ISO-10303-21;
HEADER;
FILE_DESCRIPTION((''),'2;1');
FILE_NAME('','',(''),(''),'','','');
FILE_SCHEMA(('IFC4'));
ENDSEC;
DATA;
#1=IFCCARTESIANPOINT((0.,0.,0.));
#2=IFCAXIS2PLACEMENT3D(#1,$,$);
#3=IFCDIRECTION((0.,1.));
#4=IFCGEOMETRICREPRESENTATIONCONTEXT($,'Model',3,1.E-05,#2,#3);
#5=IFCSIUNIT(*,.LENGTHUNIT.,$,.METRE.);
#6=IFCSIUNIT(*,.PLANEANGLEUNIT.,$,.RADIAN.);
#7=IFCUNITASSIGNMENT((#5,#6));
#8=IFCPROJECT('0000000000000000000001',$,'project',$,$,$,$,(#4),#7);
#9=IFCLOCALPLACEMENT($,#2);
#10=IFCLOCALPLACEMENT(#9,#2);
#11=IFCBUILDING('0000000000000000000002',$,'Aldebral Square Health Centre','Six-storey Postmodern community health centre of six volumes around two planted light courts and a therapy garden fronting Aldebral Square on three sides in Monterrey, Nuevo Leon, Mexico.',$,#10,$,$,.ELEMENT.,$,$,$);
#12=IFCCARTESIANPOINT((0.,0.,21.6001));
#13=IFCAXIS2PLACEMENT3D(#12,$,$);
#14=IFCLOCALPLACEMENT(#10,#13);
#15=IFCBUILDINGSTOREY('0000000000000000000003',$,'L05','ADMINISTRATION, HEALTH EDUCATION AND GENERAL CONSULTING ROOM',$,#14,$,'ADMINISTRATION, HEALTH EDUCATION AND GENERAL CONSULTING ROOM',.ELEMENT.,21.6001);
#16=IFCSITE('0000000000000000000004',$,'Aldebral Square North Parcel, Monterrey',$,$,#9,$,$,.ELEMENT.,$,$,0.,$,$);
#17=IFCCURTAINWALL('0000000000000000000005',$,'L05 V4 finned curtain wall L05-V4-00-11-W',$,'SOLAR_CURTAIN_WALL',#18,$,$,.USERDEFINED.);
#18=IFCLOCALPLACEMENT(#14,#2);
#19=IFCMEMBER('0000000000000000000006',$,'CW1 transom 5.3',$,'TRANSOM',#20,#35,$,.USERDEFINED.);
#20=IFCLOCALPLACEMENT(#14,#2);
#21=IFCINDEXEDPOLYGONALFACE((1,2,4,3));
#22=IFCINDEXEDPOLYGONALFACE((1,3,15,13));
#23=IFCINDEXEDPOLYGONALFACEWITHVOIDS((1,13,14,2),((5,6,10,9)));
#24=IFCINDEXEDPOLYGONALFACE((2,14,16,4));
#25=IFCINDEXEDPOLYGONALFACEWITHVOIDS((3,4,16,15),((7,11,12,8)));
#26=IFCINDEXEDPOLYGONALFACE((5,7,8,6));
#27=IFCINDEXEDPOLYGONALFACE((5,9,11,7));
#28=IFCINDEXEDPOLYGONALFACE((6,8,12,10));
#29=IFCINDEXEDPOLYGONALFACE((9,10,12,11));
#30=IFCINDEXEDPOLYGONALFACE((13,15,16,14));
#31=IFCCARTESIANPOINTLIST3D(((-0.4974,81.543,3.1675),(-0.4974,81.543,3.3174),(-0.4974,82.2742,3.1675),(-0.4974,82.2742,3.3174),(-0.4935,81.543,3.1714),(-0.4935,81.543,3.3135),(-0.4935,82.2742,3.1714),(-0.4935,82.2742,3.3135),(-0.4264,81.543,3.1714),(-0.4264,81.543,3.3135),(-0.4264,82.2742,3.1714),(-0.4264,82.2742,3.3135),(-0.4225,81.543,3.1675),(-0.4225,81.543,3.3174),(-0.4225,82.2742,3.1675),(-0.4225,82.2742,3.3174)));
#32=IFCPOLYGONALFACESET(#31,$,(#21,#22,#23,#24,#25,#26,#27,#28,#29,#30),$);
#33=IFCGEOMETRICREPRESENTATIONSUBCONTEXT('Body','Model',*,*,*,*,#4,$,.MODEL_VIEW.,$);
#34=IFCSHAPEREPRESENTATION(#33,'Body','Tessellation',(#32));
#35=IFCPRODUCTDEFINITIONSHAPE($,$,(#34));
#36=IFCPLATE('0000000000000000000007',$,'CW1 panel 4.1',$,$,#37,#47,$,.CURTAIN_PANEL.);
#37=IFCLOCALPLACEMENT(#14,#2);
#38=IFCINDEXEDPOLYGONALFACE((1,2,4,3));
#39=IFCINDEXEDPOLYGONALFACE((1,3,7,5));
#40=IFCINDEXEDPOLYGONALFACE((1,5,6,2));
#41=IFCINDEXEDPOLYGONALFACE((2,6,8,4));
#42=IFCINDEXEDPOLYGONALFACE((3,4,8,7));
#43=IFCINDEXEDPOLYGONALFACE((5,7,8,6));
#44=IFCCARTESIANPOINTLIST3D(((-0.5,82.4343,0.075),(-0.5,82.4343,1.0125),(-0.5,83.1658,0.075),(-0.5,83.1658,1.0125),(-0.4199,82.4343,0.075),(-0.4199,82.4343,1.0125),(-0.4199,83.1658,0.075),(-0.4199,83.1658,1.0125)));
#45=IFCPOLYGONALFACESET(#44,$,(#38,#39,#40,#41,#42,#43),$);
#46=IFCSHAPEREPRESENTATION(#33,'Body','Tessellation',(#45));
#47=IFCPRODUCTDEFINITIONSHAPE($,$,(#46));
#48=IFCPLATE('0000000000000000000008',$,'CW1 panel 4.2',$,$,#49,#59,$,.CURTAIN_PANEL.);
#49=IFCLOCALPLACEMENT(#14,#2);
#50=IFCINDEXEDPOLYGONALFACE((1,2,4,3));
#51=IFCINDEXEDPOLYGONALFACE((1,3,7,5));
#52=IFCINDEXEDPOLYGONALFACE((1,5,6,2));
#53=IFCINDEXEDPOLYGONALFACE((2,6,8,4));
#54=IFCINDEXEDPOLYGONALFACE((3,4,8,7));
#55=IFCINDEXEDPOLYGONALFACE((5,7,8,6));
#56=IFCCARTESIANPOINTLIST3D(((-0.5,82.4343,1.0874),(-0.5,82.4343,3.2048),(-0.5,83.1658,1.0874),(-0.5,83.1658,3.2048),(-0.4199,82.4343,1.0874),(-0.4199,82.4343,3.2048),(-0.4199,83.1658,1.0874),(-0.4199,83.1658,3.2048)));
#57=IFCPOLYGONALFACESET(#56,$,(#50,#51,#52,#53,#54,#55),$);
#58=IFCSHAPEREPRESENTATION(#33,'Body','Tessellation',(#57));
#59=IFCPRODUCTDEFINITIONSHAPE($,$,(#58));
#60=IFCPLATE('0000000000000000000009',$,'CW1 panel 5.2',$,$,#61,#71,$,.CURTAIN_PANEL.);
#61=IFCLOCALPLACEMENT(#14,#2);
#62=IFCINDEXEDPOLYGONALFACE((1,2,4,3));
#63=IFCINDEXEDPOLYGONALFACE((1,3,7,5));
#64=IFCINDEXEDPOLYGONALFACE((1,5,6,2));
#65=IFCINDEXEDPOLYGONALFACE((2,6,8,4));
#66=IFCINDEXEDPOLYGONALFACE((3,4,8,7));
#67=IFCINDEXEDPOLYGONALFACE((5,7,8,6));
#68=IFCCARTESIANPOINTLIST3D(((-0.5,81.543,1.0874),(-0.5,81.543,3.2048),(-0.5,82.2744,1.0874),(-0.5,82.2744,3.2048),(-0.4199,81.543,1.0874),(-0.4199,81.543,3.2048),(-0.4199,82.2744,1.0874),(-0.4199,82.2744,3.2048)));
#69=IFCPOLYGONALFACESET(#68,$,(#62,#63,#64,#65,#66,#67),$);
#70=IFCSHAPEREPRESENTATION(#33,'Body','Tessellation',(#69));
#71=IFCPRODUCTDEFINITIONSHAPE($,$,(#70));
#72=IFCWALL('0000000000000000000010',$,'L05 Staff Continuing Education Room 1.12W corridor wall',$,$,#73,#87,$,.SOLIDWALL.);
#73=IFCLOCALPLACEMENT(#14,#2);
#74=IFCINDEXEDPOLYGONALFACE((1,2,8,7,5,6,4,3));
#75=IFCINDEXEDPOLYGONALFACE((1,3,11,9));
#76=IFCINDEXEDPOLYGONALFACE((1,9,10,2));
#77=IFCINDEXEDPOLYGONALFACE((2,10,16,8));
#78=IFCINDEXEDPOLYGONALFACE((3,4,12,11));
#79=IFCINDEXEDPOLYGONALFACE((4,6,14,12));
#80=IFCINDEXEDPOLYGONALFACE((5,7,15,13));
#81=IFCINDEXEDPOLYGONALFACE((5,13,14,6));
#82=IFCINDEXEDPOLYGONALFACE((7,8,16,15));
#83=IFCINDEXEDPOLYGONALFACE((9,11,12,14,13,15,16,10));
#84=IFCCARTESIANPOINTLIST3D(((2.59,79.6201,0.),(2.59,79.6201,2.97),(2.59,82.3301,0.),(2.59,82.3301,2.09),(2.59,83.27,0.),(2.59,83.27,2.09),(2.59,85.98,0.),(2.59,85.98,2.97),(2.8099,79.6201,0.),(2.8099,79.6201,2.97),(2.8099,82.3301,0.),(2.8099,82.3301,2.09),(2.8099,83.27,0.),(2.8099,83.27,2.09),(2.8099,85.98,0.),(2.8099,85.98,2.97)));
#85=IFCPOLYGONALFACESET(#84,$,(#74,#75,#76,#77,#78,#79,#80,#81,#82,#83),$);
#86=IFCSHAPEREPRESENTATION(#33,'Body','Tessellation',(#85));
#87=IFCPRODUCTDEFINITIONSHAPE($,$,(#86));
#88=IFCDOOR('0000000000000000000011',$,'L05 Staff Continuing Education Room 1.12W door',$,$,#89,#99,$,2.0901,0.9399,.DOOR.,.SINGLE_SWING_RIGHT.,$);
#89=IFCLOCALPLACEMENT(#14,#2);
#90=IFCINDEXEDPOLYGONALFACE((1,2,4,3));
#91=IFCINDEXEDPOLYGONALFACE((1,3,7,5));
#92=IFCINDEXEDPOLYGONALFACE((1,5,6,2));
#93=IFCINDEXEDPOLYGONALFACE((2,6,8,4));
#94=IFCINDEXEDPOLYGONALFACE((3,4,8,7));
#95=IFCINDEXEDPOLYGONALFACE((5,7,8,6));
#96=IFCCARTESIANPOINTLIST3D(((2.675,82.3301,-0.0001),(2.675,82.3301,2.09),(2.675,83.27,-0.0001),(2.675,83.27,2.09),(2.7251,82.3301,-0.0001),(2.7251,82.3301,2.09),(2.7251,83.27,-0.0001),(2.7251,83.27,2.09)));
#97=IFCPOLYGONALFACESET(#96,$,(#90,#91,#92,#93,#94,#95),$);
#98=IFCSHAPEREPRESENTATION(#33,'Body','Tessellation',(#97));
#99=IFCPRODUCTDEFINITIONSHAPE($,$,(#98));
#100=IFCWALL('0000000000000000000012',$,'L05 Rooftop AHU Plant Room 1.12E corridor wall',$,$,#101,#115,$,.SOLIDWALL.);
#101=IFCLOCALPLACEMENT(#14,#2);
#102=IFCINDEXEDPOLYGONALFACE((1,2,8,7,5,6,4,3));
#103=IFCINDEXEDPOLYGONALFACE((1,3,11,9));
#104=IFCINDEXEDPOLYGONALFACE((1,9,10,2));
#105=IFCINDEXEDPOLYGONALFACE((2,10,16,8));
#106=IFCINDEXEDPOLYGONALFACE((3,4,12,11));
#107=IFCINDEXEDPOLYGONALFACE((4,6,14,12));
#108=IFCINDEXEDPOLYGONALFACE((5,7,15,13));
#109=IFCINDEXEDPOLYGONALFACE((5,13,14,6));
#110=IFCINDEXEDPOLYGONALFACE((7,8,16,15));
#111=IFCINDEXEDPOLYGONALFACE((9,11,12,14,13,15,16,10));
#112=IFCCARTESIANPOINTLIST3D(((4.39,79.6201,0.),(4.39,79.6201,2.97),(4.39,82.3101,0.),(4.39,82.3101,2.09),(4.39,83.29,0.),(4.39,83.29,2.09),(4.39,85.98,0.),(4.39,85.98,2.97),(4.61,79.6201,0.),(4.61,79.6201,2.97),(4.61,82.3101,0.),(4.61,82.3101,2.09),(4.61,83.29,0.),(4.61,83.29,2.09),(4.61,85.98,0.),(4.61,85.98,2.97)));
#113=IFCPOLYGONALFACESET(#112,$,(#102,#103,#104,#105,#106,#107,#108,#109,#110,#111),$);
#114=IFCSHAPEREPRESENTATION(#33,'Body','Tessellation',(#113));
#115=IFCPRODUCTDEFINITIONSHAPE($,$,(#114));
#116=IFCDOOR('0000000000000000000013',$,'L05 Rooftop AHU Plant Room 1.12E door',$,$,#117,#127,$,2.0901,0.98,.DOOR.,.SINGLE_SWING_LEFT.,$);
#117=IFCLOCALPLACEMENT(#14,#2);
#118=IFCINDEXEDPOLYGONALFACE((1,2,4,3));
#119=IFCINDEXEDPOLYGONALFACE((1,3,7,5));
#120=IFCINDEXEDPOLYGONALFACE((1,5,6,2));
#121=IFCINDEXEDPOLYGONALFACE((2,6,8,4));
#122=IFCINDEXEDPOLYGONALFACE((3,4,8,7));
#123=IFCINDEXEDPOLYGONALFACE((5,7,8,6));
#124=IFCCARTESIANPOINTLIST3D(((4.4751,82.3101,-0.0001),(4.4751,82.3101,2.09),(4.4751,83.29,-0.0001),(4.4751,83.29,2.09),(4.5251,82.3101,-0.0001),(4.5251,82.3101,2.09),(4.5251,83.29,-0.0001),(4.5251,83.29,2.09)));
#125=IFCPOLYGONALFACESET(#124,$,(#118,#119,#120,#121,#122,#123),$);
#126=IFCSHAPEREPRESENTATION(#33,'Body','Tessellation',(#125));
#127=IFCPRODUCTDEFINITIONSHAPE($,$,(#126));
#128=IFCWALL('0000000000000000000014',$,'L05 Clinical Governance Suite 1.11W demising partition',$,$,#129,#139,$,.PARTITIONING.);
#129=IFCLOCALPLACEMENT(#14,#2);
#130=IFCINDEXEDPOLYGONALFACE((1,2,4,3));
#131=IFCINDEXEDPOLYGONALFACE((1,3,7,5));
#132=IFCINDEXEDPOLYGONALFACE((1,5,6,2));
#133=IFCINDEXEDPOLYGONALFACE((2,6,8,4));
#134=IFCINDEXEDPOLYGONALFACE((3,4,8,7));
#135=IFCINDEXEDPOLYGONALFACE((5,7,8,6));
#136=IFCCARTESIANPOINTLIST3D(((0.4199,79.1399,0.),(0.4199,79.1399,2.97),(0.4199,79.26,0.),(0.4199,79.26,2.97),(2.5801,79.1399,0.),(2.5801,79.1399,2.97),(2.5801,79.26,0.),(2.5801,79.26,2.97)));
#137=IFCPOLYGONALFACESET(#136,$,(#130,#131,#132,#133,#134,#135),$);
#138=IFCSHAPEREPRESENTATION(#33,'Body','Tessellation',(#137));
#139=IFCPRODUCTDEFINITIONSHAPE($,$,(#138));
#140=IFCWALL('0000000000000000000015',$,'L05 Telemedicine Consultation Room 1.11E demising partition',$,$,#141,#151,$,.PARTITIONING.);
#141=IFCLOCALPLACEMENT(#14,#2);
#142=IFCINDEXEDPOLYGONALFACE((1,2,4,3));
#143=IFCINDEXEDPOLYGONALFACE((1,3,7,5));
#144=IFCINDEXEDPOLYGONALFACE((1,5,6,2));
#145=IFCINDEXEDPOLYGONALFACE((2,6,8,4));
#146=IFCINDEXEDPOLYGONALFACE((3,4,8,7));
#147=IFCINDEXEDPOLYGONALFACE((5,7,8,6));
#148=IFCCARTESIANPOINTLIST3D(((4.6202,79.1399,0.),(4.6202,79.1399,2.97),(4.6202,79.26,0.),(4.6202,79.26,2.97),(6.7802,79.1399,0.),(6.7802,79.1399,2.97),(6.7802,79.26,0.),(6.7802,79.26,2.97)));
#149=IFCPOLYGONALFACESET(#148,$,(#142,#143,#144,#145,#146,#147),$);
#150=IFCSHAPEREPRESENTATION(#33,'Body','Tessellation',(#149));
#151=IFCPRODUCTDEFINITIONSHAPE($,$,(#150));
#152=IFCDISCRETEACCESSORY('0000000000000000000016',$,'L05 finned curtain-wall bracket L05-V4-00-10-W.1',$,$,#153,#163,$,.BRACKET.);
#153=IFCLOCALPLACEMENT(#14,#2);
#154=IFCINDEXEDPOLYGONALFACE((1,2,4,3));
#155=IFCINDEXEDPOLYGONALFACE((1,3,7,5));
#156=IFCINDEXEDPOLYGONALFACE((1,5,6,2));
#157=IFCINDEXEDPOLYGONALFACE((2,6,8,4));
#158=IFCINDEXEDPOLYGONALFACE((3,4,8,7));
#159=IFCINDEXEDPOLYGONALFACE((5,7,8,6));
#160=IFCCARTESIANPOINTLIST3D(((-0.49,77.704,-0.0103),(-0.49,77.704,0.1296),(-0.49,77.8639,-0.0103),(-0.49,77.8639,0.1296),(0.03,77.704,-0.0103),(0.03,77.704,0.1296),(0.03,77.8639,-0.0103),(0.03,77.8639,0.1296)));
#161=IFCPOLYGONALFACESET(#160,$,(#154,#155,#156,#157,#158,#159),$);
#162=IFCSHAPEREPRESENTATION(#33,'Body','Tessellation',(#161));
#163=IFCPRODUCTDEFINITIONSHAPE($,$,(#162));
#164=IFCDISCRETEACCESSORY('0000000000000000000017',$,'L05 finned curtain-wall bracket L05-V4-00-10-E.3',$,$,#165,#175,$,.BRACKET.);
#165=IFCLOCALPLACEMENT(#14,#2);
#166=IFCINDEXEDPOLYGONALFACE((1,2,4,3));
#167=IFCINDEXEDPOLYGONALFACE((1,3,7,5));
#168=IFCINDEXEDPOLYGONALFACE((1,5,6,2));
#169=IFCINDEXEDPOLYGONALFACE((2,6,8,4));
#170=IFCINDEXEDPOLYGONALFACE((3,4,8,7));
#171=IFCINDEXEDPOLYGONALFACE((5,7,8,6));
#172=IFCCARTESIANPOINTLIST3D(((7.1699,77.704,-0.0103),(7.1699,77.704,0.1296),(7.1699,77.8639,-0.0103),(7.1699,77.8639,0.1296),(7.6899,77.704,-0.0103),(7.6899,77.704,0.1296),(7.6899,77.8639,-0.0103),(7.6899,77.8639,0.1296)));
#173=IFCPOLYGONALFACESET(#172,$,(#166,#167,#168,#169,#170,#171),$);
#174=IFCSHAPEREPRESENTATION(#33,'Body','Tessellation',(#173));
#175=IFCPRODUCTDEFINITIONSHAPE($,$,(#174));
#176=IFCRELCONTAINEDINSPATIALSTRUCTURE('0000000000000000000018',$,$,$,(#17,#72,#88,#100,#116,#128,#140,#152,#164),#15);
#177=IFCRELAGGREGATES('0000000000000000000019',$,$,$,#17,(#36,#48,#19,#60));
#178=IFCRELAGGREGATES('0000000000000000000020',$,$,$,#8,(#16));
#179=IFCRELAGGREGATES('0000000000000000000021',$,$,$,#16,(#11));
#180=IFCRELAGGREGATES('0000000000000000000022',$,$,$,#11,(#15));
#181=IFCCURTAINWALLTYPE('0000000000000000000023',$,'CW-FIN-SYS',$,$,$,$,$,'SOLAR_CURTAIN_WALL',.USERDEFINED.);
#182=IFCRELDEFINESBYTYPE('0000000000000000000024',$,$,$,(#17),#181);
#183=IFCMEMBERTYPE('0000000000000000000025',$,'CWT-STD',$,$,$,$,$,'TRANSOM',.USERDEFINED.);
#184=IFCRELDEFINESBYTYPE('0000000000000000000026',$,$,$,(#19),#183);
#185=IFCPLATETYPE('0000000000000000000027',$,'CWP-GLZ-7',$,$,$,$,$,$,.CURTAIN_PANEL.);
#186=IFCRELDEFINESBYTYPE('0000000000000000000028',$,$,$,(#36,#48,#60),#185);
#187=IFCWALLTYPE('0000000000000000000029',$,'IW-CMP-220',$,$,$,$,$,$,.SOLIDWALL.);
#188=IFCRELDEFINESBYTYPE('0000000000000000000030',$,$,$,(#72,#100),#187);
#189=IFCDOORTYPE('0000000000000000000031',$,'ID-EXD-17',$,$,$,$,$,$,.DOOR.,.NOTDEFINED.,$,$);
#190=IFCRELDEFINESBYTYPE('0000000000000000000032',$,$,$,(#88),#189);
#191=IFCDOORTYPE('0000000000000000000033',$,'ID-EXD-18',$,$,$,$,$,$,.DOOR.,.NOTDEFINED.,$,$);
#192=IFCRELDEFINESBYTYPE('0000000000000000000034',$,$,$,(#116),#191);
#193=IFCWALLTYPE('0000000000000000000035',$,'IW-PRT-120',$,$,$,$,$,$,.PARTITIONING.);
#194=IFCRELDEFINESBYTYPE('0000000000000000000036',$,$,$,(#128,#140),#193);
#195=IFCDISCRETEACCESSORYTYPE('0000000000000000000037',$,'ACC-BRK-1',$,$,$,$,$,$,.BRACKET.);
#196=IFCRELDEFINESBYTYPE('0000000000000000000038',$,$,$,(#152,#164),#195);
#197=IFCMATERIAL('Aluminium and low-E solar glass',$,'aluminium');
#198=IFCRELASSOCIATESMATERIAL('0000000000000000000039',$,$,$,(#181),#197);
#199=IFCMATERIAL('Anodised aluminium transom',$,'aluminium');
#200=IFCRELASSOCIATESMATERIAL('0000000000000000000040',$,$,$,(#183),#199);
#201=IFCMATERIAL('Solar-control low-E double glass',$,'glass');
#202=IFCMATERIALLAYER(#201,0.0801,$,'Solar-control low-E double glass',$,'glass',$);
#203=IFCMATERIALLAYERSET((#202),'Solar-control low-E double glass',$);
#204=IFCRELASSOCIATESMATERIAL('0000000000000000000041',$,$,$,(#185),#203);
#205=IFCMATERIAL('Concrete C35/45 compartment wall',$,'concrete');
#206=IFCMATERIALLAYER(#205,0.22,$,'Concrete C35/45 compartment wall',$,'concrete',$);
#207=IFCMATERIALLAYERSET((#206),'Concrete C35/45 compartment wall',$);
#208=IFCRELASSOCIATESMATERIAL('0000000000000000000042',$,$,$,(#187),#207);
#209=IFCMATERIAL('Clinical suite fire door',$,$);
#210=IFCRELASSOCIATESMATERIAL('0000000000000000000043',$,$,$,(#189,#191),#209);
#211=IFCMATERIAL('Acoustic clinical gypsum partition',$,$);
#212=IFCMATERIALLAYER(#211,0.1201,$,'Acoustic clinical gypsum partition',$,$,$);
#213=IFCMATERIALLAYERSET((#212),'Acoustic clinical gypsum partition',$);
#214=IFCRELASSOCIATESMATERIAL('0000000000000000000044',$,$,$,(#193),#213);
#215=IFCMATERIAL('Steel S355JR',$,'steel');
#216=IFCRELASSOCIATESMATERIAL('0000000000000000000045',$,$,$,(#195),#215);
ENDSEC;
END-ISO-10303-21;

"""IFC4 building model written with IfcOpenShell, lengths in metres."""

from ifc_helpers import new_model, si_unit, direction, frame, frame_2d, origin, origin_2d, place, context, subcontext, project, spatial, rectangle, hollow_rectangle, extrude, material, layer, layer_set, material_profile, profile_set, type_object, element, fill, aggregate, save


model = new_model("IFC4")

# Units and contexts
model_context = context("Model", 3, precision=1e-05, world=origin(), true_north=direction((0.0, 1.0)))
body_context = subcontext(model_context, "Body", "Model", "MODEL_VIEW")
ifc_project = project(units=[si_unit("LENGTHUNIT", "METRE"), si_unit("PLANEANGLEUNIT", "RADIAN")], contexts=[model_context])

# Site, building, storey
site_placement = place(None, origin())
site = spatial("IfcSite", under=ifc_project, at=site_placement, Name="Aldebral Square North Parcel, Monterrey", CompositionType="ELEMENT", RefElevation=0.0)
building_placement = place(site_placement, origin())
building = spatial("IfcBuilding", under=site, at=building_placement, Name="Aldebral Square Health Centre", Description="Six-storey Postmodern community health centre of six volumes around two planted light courts and a therapy garden fronting Aldebral Square on three sides in Monterrey, Nuevo Leon, Mexico.", CompositionType="ELEMENT")
storey_placement = place(building_placement, frame((0.0, 0.0, 21.6001)))
storey = spatial("IfcBuildingStorey", under=building, at=storey_placement, Name="L05", Description="ADMINISTRATION, HEALTH EDUCATION AND GENERAL CONSULTING ROOM", LongName="ADMINISTRATION, HEALTH EDUCATION AND GENERAL CONSULTING ROOM", CompositionType="ELEMENT", Elevation=21.6001)

# Shared definitions
ifc_material_1 = material(Name="Aluminium and low-E solar glass", Category="aluminium")
curtain_wall_type = type_object("IfcCurtainWallType", Name="CW-FIN-SYS", ElementType="SOLAR_CURTAIN_WALL", PredefinedType="USERDEFINED", material=ifc_material_1)

# Curtain wall, member, plates
curtain_wall_1_placement = place(storey_placement, origin())
curtain_wall_1 = element("IfcCurtainWall", 1, at=curtain_wall_1_placement, inside=storey, type_object=curtain_wall_type, Name="L05 V4 finned curtain wall L05-V4-00-11-W", ObjectType="SOLAR_CURTAIN_WALL", PredefinedType="USERDEFINED")
ifc_material_2 = material(Name="Anodised aluminium transom", Category="aluminium")
ifc_material_profile_1 = material_profile(ifc_material_2, hollow_rectangle(XDim=0.075, YDim=0.1499, WallThickness=0.0039, at=origin_2d()), Name="CWT 75x150x4")
ifc_profile_set_1 = profile_set([ifc_material_profile_1], Name="Anodised aluminium transom")
member_type_1 = type_object("IfcMemberType", Name="CWT-STD", ElementType="TRANSOM", PredefinedType="USERDEFINED", material=ifc_profile_set_1)
member_1_placement = place(storey_placement, frame((-0.46, 82.2742, 3.2424), z_axis=(0.0, -1.0, 0.0), x_axis=(1.0, 0.0, 0.0)))
member_1 = element("IfcMember", 2, at=member_1_placement, type_object=member_type_1, Name="CW1 transom 5.3", ObjectType="TRANSOM", PredefinedType="USERDEFINED", context=body_context, shape_type="SweptSolid", body=[
    extrude(hollow_rectangle(XDim=0.075, YDim=0.1499, WallThickness=0.0039, at=origin_2d()), origin(), (0.0, 0.0, 1.0), 0.7312),
])
ifc_material_3 = material(Name="Solar-control low-E double glass", Category="glass")
ifc_layer_1 = layer(ifc_material_3, 0.0801, Name="Solar-control low-E double glass", Category="glass")
ifc_layer_set_1 = layer_set([ifc_layer_1], Name="Solar-control low-E double glass")
plate_type = type_object("IfcPlateType", Name="CWP-GLZ-7", PredefinedType="CURTAIN_PANEL", material=ifc_layer_set_1)
plate_1_placement = place(storey_placement, frame((-0.46, 82.8, 0.075), z_axis=(0.0, 0.0, 1.0), x_axis=(0.0, -1.0, 0.0)))
plate_1 = element("IfcPlate", 3, at=plate_1_placement, type_object=plate_type, Name="CW1 panel 4.1", PredefinedType="CURTAIN_PANEL", context=body_context, shape_type="SweptSolid", body=[
    extrude(rectangle(XDim=0.7314, YDim=0.0801, at=origin_2d()), origin(), (0.0, 0.0, 1.0), 0.9375),
])
plate_2_placement = place(storey_placement, frame((-0.46, 82.8, 1.0874), z_axis=(0.0, 0.0, 1.0), x_axis=(0.0, -1.0, 0.0)))
plate_2 = element("IfcPlate", 4, at=plate_2_placement, type_object=plate_type, Name="CW1 panel 4.2", PredefinedType="CURTAIN_PANEL", context=body_context, shape_type="SweptSolid", body=[
    extrude(rectangle(XDim=0.7314, YDim=0.0801, at=origin_2d()), origin(), (0.0, 0.0, 1.0), 2.1174),
])
plate_3_placement = place(storey_placement, frame((-0.46, 81.9087, 1.0874), z_axis=(0.0, 0.0, 1.0), x_axis=(0.0, -1.0, 0.0)))
plate_3 = element("IfcPlate", 5, at=plate_3_placement, type_object=plate_type, Name="CW1 panel 5.2", PredefinedType="CURTAIN_PANEL", context=body_context, shape_type="SweptSolid", body=[
    extrude(rectangle(XDim=0.7314, YDim=0.0801, at=origin_2d()), origin(), (0.0, 0.0, 1.0), 2.1174),
])
aggregate(curtain_wall_1, [plate_1, plate_2, member_1, plate_3])

# Walls, openings, doors
ifc_material_4 = material(Name="Concrete C35/45 compartment wall", Category="concrete")
ifc_layer_2 = layer(ifc_material_4, 0.22, Name="Concrete C35/45 compartment wall", Category="concrete")
ifc_layer_set_2 = layer_set([ifc_layer_2], Name="Concrete C35/45 compartment wall")
wall_type_1 = type_object("IfcWallType", Name="IW-CMP-220", PredefinedType="SOLIDWALL", material=ifc_layer_set_2)
wall_1_placement = place(storey_placement, frame((2.7, 79.6201, 0.0), z_axis=(0.0, 0.0, 1.0), x_axis=(0.0, 1.0, 0.0)))
wall_1 = element("IfcWall", 6, at=wall_1_placement, inside=storey, type_object=wall_type_1, Name="L05 Staff Continuing Education Room 1.12W corridor wall", PredefinedType="SOLIDWALL", context=body_context, shape_type="SweptSolid", body=[
    extrude(rectangle(XDim=6.3599, YDim=0.22, at=frame_2d((3.1799, 0.0))), origin(), (0.0, 0.0, 1.0), 2.97),
])
opening_1_placement = place(wall_1_placement, frame((2.71, 0.0, 0.0)))
opening_1 = element("IfcOpeningElement", 7, at=opening_1_placement, cuts=wall_1, PredefinedType="OPENING", context=body_context, shape_type="SweptSolid", body=[
    extrude(rectangle(XDim=0.9399, YDim=2.0901, at=frame_2d((0.47, 1.0449))), frame((0.0, 0.1201, 0.0), z_axis=(0.0, -1.0, 0.0), x_axis=(1.0, 0.0, 0.0)), (0.0, 0.0, 1.0), 0.24),
])
ifc_material_5 = material(Name="Clinical suite fire door")
door_type_1 = type_object("IfcDoorType", Name="ID-EXD-17", OperationType="NOTDEFINED", PredefinedType="DOOR", material=ifc_material_5)
door_1_placement = place(opening_1_placement, origin())
door_1 = element("IfcDoor", 8, at=door_1_placement, inside=storey, type_object=door_type_1, Name="L05 Staff Continuing Education Room 1.12W door", OperationType="SINGLE_SWING_RIGHT", OverallHeight=2.0901, OverallWidth=0.9399, PredefinedType="DOOR", context=body_context, shape_type="SweptSolid", body=[
    extrude(rectangle(XDim=0.9399, YDim=2.0901, at=frame_2d((0.47, 1.0449))), frame((0.0, 0.0249, 0.0), z_axis=(0.0, -1.0, 0.0), x_axis=(1.0, 0.0, 0.0)), (0.0, 0.0, 1.0), 0.05),
])
fill(opening_1, door_1)
wall_2_placement = place(storey_placement, frame((4.5, 79.6201, 0.0), z_axis=(0.0, 0.0, 1.0), x_axis=(0.0, 1.0, 0.0)))
wall_2 = element("IfcWall", 9, at=wall_2_placement, inside=storey, type_object=wall_type_1, Name="L05 Rooftop AHU Plant Room 1.12E corridor wall", PredefinedType="SOLIDWALL", context=body_context, shape_type="SweptSolid", body=[
    extrude(rectangle(XDim=6.3599, YDim=0.22, at=frame_2d((3.1799, 0.0))), origin(), (0.0, 0.0, 1.0), 2.97),
])
opening_2_placement = place(wall_2_placement, frame((2.6899, 0.0, 0.0)))
opening_2 = element("IfcOpeningElement", 10, at=opening_2_placement, cuts=wall_2, PredefinedType="OPENING", context=body_context, shape_type="SweptSolid", body=[
    extrude(rectangle(XDim=0.98, YDim=2.0901, at=frame_2d((0.49, 1.0449))), frame((0.0, 0.1201, 0.0), z_axis=(0.0, -1.0, 0.0), x_axis=(1.0, 0.0, 0.0)), (0.0, 0.0, 1.0), 0.24),
])
door_type_2 = type_object("IfcDoorType", Name="ID-EXD-18", OperationType="NOTDEFINED", PredefinedType="DOOR", material=ifc_material_5)
door_2_placement = place(opening_2_placement, origin())
door_2 = element("IfcDoor", 11, at=door_2_placement, inside=storey, type_object=door_type_2, Name="L05 Rooftop AHU Plant Room 1.12E door", OperationType="SINGLE_SWING_LEFT", OverallHeight=2.0901, OverallWidth=0.98, PredefinedType="DOOR", context=body_context, shape_type="SweptSolid", body=[
    extrude(rectangle(XDim=0.98, YDim=2.0901, at=frame_2d((0.49, 1.0449))), frame((0.0, 0.0249, 0.0), z_axis=(0.0, -1.0, 0.0), x_axis=(1.0, 0.0, 0.0)), (0.0, 0.0, 1.0), 0.05),
])
fill(opening_2, door_2)

# Walls
ifc_material_6 = material(Name="Acoustic clinical gypsum partition")
ifc_layer_3 = layer(ifc_material_6, 0.1201, Name="Acoustic clinical gypsum partition")
ifc_layer_set_3 = layer_set([ifc_layer_3], Name="Acoustic clinical gypsum partition")
wall_type_2 = type_object("IfcWallType", Name="IW-PRT-120", PredefinedType="PARTITIONING", material=ifc_layer_set_3)
wall_3_placement = place(storey_placement, frame((0.4199, 79.2, 0.0), z_axis=(0.0, 0.0, 1.0), x_axis=(1.0, 0.0, 0.0)))
element("IfcWall", 12, at=wall_3_placement, inside=storey, type_object=wall_type_2, Name="L05 Clinical Governance Suite 1.11W demising partition", PredefinedType="PARTITIONING", context=body_context, shape_type="SweptSolid", body=[
    extrude(rectangle(XDim=2.1602, YDim=0.1201, at=frame_2d((1.0801, 0.0))), origin(), (0.0, 0.0, 1.0), 2.97),
])
wall_4_placement = place(storey_placement, frame((4.6201, 79.2, 0.0), z_axis=(0.0, 0.0, 1.0), x_axis=(1.0, 0.0, 0.0)))
element("IfcWall", 13, at=wall_4_placement, inside=storey, type_object=wall_type_2, Name="L05 Telemedicine Consultation Room 1.11E demising partition", PredefinedType="PARTITIONING", context=body_context, shape_type="SweptSolid", body=[
    extrude(rectangle(XDim=2.1599, YDim=0.1201, at=frame_2d((1.0801, 0.0))), origin(), (0.0, 0.0, 1.0), 2.97),
])

# Discrete accessories
ifc_material_7 = material(Name="Steel S355JR", Category="steel")
discrete_accessory_type = type_object("IfcDiscreteAccessoryType", Name="ACC-BRK-1", PredefinedType="BRACKET", material=ifc_material_7)
for number, where, z_axis, x_axis, name in (
    (14, (-0.23, 77.7839, -0.0103), (0.0, 0.0, 1.0), (0.0, 1.0, 0.0), "L05 finned curtain-wall bracket L05-V4-00-10-W.1"),
    (15, (7.4299, 77.7839, -0.0103), (0.0, 0.0, 1.0), (0.0, 1.0, 0.0), "L05 finned curtain-wall bracket L05-V4-00-10-E.3"),
):
    element("IfcDiscreteAccessory", number, at=place(storey_placement, frame(where, z_axis=z_axis, x_axis=x_axis)), inside=storey, type_object=discrete_accessory_type, Name=name, PredefinedType="BRACKET", context=body_context, shape_type="SweptSolid", body=[
        extrude(rectangle(XDim=0.1599, YDim=0.52, at=origin_2d()), origin(), (0.0, 0.0, 1.0), 0.1399),
    ])

save(model, "model.ifc")
